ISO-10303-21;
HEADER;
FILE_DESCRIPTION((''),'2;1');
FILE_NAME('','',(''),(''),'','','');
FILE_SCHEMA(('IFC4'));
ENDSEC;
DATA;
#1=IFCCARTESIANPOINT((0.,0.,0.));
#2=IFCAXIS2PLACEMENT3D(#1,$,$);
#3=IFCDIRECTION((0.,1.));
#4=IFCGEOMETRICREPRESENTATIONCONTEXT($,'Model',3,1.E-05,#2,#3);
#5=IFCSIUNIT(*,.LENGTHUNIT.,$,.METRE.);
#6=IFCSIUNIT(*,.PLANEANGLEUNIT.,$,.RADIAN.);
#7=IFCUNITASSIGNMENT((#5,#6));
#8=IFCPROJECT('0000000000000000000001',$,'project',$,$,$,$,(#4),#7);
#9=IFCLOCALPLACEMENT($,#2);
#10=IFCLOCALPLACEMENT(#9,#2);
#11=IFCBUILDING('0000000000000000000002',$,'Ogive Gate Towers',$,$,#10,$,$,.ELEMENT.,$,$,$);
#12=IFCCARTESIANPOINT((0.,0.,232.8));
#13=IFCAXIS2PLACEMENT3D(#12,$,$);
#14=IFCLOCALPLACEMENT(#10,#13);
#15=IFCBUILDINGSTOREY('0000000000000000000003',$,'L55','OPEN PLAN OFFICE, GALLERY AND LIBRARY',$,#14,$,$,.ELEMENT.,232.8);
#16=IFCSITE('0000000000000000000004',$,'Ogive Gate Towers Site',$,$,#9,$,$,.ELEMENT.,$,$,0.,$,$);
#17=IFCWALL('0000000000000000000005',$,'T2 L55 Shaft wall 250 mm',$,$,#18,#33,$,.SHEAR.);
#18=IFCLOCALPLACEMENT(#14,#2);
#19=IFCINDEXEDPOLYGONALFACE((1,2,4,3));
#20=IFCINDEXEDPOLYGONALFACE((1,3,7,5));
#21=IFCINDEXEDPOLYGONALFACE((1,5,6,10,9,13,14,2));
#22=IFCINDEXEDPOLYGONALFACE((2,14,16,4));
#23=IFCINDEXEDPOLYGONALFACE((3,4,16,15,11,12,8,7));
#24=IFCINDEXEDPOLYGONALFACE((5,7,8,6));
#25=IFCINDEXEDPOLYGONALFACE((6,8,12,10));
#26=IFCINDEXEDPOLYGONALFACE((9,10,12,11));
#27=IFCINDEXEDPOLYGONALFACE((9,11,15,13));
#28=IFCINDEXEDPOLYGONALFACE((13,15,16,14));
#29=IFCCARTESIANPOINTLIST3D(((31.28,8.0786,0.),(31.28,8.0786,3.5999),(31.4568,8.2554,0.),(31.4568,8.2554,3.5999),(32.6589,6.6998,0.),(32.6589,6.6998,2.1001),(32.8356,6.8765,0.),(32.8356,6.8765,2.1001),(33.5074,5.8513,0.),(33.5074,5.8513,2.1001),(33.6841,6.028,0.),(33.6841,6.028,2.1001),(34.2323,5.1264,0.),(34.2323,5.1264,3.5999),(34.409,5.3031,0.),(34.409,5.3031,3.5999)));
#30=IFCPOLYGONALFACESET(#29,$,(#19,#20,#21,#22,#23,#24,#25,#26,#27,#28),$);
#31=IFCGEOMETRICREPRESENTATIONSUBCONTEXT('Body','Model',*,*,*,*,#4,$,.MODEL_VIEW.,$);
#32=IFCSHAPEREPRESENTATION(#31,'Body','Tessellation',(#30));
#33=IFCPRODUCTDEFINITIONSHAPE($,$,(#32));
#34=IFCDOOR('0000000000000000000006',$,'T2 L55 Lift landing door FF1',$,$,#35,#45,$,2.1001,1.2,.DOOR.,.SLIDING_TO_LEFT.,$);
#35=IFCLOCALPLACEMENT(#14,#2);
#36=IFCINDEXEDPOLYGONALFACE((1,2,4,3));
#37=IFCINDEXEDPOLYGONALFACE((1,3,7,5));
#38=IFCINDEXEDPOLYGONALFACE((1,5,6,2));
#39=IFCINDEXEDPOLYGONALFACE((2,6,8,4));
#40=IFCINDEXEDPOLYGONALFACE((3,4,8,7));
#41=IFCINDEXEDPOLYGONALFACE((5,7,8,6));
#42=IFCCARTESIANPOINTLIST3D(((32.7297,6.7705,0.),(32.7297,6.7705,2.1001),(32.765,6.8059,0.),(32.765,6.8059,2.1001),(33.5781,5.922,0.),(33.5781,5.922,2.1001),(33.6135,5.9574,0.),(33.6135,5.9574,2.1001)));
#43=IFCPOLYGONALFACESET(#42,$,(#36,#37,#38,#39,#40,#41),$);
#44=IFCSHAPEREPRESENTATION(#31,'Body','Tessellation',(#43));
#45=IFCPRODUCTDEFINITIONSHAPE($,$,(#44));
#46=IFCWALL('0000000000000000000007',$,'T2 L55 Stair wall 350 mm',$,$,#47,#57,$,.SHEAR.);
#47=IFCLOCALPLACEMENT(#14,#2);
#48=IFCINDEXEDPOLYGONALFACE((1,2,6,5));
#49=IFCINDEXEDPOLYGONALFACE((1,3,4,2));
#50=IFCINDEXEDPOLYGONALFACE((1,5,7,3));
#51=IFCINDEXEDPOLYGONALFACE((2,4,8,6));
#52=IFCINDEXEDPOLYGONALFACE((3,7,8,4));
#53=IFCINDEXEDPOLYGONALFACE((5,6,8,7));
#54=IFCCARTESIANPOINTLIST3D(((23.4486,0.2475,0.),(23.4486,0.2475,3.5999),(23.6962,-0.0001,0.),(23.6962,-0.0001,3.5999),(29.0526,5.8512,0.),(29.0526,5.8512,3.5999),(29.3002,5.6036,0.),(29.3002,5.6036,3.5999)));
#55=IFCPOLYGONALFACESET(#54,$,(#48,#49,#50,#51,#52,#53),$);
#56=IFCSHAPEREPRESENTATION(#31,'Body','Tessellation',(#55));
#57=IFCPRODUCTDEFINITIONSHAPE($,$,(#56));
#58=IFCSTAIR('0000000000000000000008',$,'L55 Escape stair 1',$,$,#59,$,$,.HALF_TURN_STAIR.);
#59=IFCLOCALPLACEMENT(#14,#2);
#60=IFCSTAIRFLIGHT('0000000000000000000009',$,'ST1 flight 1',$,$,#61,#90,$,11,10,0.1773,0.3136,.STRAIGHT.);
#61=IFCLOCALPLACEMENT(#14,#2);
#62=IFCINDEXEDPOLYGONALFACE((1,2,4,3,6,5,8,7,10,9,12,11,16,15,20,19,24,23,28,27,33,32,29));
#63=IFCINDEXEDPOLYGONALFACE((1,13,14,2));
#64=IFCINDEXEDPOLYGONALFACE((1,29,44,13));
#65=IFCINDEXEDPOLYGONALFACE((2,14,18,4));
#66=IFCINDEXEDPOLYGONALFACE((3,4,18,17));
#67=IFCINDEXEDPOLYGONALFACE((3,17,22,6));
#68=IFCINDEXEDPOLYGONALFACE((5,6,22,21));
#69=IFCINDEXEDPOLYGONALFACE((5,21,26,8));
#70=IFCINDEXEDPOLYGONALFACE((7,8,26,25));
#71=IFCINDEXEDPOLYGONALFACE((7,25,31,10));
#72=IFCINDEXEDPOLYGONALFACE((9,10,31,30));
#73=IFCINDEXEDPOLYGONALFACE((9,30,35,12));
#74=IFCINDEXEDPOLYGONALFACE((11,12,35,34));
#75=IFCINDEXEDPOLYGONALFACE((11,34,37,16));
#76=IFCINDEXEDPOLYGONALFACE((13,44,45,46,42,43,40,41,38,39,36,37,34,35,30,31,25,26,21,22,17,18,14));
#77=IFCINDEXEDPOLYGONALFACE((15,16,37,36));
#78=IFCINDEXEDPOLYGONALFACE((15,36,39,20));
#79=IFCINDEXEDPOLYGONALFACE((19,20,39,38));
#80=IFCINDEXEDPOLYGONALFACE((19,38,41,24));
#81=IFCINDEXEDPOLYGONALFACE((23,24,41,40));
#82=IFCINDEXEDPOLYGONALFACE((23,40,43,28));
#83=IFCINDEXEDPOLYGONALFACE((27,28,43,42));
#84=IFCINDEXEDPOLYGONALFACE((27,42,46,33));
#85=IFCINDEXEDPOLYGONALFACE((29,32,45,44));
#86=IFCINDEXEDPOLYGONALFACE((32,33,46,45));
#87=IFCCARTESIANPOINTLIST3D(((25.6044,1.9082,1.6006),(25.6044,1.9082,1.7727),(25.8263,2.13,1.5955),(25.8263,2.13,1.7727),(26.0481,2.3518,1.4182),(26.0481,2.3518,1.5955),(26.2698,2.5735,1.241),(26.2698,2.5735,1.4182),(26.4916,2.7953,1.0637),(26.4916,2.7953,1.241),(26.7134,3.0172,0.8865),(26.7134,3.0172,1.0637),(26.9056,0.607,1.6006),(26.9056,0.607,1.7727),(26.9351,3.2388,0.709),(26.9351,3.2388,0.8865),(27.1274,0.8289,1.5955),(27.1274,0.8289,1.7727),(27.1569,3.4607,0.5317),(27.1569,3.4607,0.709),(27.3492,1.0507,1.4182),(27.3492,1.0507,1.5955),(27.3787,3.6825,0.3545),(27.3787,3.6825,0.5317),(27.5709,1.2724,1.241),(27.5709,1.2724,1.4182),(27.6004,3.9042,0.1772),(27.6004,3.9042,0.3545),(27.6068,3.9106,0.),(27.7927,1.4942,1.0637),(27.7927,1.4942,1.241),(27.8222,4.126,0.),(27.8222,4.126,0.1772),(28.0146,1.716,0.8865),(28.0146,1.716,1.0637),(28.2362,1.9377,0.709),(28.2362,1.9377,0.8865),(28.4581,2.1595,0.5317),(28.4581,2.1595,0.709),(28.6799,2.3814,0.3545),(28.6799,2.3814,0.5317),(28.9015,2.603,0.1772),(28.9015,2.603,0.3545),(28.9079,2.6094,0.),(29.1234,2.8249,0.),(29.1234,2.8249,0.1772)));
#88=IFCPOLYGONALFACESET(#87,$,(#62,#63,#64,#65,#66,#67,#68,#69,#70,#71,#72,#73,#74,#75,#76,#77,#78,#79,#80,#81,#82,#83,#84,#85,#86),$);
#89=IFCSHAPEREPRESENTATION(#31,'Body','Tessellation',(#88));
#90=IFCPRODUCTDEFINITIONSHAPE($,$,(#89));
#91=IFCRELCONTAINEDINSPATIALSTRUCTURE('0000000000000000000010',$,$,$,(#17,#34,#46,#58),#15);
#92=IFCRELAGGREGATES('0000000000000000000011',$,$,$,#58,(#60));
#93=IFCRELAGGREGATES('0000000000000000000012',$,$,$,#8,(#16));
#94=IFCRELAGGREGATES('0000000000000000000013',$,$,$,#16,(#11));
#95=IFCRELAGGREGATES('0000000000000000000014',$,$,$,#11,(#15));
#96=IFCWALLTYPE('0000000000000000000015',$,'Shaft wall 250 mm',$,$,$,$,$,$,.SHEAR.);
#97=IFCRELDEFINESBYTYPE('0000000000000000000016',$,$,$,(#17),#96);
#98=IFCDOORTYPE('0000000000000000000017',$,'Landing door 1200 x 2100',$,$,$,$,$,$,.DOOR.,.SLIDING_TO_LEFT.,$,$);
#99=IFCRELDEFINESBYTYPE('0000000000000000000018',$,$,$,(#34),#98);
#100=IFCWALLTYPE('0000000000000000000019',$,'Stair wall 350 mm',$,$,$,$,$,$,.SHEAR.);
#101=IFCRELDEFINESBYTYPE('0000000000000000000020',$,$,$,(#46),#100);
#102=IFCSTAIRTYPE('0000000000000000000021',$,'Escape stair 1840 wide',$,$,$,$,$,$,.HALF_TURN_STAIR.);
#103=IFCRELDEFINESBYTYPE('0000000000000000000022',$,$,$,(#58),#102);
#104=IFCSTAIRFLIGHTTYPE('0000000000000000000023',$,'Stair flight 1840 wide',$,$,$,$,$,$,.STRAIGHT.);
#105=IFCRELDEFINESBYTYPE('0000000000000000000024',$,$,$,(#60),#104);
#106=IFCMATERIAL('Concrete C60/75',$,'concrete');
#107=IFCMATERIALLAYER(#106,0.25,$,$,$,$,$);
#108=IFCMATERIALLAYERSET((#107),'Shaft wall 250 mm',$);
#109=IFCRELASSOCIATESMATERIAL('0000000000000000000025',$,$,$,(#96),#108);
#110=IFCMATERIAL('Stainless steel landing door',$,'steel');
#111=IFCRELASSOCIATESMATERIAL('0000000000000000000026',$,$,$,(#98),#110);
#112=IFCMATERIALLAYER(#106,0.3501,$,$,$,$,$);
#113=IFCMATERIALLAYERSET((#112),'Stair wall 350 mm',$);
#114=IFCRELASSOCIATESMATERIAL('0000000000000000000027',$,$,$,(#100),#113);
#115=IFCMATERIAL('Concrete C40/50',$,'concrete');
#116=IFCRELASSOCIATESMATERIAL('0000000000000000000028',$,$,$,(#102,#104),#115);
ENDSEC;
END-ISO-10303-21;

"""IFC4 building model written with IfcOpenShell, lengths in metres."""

from ifc_helpers import new_model, si_unit, direction, frame, frame_2d, origin, place, context, subcontext, project, spatial, polyline, rectangle, outline, extrude, material, layer, layer_set, type_object, element, fill, aggregate, save


model = new_model("IFC4")

# Units and contexts
model_context = context("Model", 3, precision=1e-05, world=origin(), true_north=direction((0.0, 1.0)))
body_context = subcontext(model_context, "Body", "Model", "MODEL_VIEW")
ifc_project = project(units=[si_unit("LENGTHUNIT", "METRE"), si_unit("PLANEANGLEUNIT", "RADIAN")], contexts=[model_context])

# Site, building, storey
site_placement = place(None, origin())
site = spatial("IfcSite", under=ifc_project, at=site_placement, Name="Ogive Gate Towers Site", CompositionType="ELEMENT", RefElevation=0.0)
building_placement = place(site_placement, origin())
building = spatial("IfcBuilding", under=site, at=building_placement, Name="Ogive Gate Towers", CompositionType="ELEMENT")
storey_placement = place(building_placement, frame((0.0, 0.0, 232.8)))
storey = spatial("IfcBuildingStorey", under=building, at=storey_placement, Name="L55", Description="OPEN PLAN OFFICE, GALLERY AND LIBRARY", CompositionType="ELEMENT", Elevation=232.8)

# Shared definitions
ifc_material_1 = material(Name="Concrete C40/50", Category="concrete")

# Shared definitions
ifc_material_2 = material(Name="Concrete C60/75", Category="concrete")

# Shared definitions
ifc_layer_1 = layer(ifc_material_2, 0.25)
ifc_layer_set_1 = layer_set([ifc_layer_1], Name="Shaft wall 250 mm")
wall_type_1 = type_object("IfcWallType", Name="Shaft wall 250 mm", PredefinedType="SHEAR", material=ifc_layer_set_1)

# Wall, opening, door
wall_1_placement = place(storey_placement, frame((34.3206, 5.2148, 0.0), z_axis=(0.0, 0.0, 1.0), x_axis=(-0.707107, 0.707107, 0.0)))
wall_1 = element("IfcWall", 1, at=wall_1_placement, inside=storey, type_object=wall_type_1, Name="T2 L55 Shaft wall 250 mm", PredefinedType="SHEAR", context=body_context, shape_type="SweptSolid", body=[
    extrude(rectangle(XDim=4.175, YDim=0.25, at=frame_2d((2.0874, 0.0))), origin(), (0.0, 0.0, 1.0), 3.5999),
])
opening_1_placement = place(wall_1_placement, frame((1.0249, 0.0, 0.0)))
opening_1 = element("IfcOpeningElement", 2, at=opening_1_placement, cuts=wall_1, PredefinedType="OPENING", context=body_context, shape_type="SweptSolid", body=[
    extrude(rectangle(XDim=1.2, YDim=2.1001, at=frame_2d((0.6001, 1.05))), frame((0.0, 0.135, 0.0), z_axis=(0.0, -1.0, 0.0), x_axis=(1.0, 0.0, 0.0)), (0.0, 0.0, 1.0), 0.27),
])
ifc_material_3 = material(Name="Stainless steel landing door", Category="steel")
door_type_1 = type_object("IfcDoorType", Name="Landing door 1200 x 2100", OperationType="SLIDING_TO_LEFT", PredefinedType="DOOR", material=ifc_material_3)
door_1_placement = place(opening_1_placement, origin())
door_1 = element("IfcDoor", 3, at=door_1_placement, inside=storey, type_object=door_type_1, Name="T2 L55 Lift landing door FF1", OperationType="SLIDING_TO_LEFT", OverallHeight=2.1001, OverallWidth=1.2, PredefinedType="DOOR", context=body_context, shape_type="SweptSolid", body=[
    extrude(rectangle(XDim=1.2, YDim=2.1001, at=frame_2d((0.6001, 1.05))), frame((0.0, 0.0249, 0.0), z_axis=(0.0, -1.0, 0.0), x_axis=(1.0, 0.0, 0.0)), (0.0, 0.0, 1.0), 0.05),
])
fill(opening_1, door_1)

# Wall
ifc_layer_2 = layer(ifc_material_2, 0.3501)
ifc_layer_set_2 = layer_set([ifc_layer_2], Name="Stair wall 350 mm")
wall_type_2 = type_object("IfcWallType", Name="Stair wall 350 mm", PredefinedType="SHEAR", material=ifc_layer_set_2)
wall_2_placement = place(storey_placement, frame((23.5725, 0.1238, 0.0), z_axis=(0.0, 0.0, 1.0), x_axis=(0.707122, 0.707091, 0.0)))
element("IfcWall", 4, at=wall_2_placement, inside=storey, type_object=wall_type_2, Name="T2 L55 Stair wall 350 mm", PredefinedType="SHEAR", context=body_context, shape_type="SweptSolid", body=[
    extrude(rectangle(XDim=7.925, YDim=0.3501, at=frame_2d((3.9624, 0.0))), origin(), (0.0, 0.0, 1.0), 3.5999),
])

# Stair, stair flight
stair_type = type_object("IfcStairType", Name="Escape stair 1840 wide", PredefinedType="HALF_TURN_STAIR", material=ifc_material_1)
stair_placement = place(storey_placement, origin())
stair = element("IfcStair", 5, at=stair_placement, inside=storey, type_object=stair_type, Name="L55 Escape stair 1", PredefinedType="HALF_TURN_STAIR")
stair_flight_type = type_object("IfcStairFlightType", Name="Stair flight 1840 wide", PredefinedType="STRAIGHT", material=ifc_material_1)
stair_flight_placement = place(storey_placement, frame((28.4729, 3.4753, 0.0), z_axis=(0.0, 0.0, 1.0), x_axis=(-0.707107, -0.707107, 0.0)))
stair_flight = element("IfcStairFlight", 6, at=stair_flight_placement, type_object=stair_flight_type, Name="ST1 flight 1", NumberOfRisers=11, NumberOfTreads=10, PredefinedType="STRAIGHT", RiserHeight=0.1773, TreadLength=0.3136, context=body_context, shape_type="SweptSolid", body=[
    extrude(outline(polyline([(0.0, 0.0), (0.0, 0.1772), (0.3137, 0.1772), (0.3137, 0.3545), (0.6272, 0.3545), (0.6272, 0.5317), (0.9409, 0.5317), (0.9409, 0.709), (1.2546, 0.709), (1.2546, 0.8865), (1.5681, 0.8865), (1.5681, 1.0637), (1.8818, 1.0637), (1.8818, 1.241), (2.1956, 1.241), (2.1956, 1.4182), (2.509, 1.4182), (2.509, 1.5955), (2.8228, 1.5955), (2.8228, 1.7727), (3.1365, 1.7727), (3.1365, 1.95), (3.1365, 1.6006), (0.3047, 0.0), (0.0, 0.0)])), frame((0.0, 0.9199, 0.0), z_axis=(0.0, -1.0, 0.0), x_axis=(1.0, 0.0, 0.0)), (0.0, 0.0, 1.0), 1.8401),
])
aggregate(stair, [stair_flight])

save(model, "model.ifc")
